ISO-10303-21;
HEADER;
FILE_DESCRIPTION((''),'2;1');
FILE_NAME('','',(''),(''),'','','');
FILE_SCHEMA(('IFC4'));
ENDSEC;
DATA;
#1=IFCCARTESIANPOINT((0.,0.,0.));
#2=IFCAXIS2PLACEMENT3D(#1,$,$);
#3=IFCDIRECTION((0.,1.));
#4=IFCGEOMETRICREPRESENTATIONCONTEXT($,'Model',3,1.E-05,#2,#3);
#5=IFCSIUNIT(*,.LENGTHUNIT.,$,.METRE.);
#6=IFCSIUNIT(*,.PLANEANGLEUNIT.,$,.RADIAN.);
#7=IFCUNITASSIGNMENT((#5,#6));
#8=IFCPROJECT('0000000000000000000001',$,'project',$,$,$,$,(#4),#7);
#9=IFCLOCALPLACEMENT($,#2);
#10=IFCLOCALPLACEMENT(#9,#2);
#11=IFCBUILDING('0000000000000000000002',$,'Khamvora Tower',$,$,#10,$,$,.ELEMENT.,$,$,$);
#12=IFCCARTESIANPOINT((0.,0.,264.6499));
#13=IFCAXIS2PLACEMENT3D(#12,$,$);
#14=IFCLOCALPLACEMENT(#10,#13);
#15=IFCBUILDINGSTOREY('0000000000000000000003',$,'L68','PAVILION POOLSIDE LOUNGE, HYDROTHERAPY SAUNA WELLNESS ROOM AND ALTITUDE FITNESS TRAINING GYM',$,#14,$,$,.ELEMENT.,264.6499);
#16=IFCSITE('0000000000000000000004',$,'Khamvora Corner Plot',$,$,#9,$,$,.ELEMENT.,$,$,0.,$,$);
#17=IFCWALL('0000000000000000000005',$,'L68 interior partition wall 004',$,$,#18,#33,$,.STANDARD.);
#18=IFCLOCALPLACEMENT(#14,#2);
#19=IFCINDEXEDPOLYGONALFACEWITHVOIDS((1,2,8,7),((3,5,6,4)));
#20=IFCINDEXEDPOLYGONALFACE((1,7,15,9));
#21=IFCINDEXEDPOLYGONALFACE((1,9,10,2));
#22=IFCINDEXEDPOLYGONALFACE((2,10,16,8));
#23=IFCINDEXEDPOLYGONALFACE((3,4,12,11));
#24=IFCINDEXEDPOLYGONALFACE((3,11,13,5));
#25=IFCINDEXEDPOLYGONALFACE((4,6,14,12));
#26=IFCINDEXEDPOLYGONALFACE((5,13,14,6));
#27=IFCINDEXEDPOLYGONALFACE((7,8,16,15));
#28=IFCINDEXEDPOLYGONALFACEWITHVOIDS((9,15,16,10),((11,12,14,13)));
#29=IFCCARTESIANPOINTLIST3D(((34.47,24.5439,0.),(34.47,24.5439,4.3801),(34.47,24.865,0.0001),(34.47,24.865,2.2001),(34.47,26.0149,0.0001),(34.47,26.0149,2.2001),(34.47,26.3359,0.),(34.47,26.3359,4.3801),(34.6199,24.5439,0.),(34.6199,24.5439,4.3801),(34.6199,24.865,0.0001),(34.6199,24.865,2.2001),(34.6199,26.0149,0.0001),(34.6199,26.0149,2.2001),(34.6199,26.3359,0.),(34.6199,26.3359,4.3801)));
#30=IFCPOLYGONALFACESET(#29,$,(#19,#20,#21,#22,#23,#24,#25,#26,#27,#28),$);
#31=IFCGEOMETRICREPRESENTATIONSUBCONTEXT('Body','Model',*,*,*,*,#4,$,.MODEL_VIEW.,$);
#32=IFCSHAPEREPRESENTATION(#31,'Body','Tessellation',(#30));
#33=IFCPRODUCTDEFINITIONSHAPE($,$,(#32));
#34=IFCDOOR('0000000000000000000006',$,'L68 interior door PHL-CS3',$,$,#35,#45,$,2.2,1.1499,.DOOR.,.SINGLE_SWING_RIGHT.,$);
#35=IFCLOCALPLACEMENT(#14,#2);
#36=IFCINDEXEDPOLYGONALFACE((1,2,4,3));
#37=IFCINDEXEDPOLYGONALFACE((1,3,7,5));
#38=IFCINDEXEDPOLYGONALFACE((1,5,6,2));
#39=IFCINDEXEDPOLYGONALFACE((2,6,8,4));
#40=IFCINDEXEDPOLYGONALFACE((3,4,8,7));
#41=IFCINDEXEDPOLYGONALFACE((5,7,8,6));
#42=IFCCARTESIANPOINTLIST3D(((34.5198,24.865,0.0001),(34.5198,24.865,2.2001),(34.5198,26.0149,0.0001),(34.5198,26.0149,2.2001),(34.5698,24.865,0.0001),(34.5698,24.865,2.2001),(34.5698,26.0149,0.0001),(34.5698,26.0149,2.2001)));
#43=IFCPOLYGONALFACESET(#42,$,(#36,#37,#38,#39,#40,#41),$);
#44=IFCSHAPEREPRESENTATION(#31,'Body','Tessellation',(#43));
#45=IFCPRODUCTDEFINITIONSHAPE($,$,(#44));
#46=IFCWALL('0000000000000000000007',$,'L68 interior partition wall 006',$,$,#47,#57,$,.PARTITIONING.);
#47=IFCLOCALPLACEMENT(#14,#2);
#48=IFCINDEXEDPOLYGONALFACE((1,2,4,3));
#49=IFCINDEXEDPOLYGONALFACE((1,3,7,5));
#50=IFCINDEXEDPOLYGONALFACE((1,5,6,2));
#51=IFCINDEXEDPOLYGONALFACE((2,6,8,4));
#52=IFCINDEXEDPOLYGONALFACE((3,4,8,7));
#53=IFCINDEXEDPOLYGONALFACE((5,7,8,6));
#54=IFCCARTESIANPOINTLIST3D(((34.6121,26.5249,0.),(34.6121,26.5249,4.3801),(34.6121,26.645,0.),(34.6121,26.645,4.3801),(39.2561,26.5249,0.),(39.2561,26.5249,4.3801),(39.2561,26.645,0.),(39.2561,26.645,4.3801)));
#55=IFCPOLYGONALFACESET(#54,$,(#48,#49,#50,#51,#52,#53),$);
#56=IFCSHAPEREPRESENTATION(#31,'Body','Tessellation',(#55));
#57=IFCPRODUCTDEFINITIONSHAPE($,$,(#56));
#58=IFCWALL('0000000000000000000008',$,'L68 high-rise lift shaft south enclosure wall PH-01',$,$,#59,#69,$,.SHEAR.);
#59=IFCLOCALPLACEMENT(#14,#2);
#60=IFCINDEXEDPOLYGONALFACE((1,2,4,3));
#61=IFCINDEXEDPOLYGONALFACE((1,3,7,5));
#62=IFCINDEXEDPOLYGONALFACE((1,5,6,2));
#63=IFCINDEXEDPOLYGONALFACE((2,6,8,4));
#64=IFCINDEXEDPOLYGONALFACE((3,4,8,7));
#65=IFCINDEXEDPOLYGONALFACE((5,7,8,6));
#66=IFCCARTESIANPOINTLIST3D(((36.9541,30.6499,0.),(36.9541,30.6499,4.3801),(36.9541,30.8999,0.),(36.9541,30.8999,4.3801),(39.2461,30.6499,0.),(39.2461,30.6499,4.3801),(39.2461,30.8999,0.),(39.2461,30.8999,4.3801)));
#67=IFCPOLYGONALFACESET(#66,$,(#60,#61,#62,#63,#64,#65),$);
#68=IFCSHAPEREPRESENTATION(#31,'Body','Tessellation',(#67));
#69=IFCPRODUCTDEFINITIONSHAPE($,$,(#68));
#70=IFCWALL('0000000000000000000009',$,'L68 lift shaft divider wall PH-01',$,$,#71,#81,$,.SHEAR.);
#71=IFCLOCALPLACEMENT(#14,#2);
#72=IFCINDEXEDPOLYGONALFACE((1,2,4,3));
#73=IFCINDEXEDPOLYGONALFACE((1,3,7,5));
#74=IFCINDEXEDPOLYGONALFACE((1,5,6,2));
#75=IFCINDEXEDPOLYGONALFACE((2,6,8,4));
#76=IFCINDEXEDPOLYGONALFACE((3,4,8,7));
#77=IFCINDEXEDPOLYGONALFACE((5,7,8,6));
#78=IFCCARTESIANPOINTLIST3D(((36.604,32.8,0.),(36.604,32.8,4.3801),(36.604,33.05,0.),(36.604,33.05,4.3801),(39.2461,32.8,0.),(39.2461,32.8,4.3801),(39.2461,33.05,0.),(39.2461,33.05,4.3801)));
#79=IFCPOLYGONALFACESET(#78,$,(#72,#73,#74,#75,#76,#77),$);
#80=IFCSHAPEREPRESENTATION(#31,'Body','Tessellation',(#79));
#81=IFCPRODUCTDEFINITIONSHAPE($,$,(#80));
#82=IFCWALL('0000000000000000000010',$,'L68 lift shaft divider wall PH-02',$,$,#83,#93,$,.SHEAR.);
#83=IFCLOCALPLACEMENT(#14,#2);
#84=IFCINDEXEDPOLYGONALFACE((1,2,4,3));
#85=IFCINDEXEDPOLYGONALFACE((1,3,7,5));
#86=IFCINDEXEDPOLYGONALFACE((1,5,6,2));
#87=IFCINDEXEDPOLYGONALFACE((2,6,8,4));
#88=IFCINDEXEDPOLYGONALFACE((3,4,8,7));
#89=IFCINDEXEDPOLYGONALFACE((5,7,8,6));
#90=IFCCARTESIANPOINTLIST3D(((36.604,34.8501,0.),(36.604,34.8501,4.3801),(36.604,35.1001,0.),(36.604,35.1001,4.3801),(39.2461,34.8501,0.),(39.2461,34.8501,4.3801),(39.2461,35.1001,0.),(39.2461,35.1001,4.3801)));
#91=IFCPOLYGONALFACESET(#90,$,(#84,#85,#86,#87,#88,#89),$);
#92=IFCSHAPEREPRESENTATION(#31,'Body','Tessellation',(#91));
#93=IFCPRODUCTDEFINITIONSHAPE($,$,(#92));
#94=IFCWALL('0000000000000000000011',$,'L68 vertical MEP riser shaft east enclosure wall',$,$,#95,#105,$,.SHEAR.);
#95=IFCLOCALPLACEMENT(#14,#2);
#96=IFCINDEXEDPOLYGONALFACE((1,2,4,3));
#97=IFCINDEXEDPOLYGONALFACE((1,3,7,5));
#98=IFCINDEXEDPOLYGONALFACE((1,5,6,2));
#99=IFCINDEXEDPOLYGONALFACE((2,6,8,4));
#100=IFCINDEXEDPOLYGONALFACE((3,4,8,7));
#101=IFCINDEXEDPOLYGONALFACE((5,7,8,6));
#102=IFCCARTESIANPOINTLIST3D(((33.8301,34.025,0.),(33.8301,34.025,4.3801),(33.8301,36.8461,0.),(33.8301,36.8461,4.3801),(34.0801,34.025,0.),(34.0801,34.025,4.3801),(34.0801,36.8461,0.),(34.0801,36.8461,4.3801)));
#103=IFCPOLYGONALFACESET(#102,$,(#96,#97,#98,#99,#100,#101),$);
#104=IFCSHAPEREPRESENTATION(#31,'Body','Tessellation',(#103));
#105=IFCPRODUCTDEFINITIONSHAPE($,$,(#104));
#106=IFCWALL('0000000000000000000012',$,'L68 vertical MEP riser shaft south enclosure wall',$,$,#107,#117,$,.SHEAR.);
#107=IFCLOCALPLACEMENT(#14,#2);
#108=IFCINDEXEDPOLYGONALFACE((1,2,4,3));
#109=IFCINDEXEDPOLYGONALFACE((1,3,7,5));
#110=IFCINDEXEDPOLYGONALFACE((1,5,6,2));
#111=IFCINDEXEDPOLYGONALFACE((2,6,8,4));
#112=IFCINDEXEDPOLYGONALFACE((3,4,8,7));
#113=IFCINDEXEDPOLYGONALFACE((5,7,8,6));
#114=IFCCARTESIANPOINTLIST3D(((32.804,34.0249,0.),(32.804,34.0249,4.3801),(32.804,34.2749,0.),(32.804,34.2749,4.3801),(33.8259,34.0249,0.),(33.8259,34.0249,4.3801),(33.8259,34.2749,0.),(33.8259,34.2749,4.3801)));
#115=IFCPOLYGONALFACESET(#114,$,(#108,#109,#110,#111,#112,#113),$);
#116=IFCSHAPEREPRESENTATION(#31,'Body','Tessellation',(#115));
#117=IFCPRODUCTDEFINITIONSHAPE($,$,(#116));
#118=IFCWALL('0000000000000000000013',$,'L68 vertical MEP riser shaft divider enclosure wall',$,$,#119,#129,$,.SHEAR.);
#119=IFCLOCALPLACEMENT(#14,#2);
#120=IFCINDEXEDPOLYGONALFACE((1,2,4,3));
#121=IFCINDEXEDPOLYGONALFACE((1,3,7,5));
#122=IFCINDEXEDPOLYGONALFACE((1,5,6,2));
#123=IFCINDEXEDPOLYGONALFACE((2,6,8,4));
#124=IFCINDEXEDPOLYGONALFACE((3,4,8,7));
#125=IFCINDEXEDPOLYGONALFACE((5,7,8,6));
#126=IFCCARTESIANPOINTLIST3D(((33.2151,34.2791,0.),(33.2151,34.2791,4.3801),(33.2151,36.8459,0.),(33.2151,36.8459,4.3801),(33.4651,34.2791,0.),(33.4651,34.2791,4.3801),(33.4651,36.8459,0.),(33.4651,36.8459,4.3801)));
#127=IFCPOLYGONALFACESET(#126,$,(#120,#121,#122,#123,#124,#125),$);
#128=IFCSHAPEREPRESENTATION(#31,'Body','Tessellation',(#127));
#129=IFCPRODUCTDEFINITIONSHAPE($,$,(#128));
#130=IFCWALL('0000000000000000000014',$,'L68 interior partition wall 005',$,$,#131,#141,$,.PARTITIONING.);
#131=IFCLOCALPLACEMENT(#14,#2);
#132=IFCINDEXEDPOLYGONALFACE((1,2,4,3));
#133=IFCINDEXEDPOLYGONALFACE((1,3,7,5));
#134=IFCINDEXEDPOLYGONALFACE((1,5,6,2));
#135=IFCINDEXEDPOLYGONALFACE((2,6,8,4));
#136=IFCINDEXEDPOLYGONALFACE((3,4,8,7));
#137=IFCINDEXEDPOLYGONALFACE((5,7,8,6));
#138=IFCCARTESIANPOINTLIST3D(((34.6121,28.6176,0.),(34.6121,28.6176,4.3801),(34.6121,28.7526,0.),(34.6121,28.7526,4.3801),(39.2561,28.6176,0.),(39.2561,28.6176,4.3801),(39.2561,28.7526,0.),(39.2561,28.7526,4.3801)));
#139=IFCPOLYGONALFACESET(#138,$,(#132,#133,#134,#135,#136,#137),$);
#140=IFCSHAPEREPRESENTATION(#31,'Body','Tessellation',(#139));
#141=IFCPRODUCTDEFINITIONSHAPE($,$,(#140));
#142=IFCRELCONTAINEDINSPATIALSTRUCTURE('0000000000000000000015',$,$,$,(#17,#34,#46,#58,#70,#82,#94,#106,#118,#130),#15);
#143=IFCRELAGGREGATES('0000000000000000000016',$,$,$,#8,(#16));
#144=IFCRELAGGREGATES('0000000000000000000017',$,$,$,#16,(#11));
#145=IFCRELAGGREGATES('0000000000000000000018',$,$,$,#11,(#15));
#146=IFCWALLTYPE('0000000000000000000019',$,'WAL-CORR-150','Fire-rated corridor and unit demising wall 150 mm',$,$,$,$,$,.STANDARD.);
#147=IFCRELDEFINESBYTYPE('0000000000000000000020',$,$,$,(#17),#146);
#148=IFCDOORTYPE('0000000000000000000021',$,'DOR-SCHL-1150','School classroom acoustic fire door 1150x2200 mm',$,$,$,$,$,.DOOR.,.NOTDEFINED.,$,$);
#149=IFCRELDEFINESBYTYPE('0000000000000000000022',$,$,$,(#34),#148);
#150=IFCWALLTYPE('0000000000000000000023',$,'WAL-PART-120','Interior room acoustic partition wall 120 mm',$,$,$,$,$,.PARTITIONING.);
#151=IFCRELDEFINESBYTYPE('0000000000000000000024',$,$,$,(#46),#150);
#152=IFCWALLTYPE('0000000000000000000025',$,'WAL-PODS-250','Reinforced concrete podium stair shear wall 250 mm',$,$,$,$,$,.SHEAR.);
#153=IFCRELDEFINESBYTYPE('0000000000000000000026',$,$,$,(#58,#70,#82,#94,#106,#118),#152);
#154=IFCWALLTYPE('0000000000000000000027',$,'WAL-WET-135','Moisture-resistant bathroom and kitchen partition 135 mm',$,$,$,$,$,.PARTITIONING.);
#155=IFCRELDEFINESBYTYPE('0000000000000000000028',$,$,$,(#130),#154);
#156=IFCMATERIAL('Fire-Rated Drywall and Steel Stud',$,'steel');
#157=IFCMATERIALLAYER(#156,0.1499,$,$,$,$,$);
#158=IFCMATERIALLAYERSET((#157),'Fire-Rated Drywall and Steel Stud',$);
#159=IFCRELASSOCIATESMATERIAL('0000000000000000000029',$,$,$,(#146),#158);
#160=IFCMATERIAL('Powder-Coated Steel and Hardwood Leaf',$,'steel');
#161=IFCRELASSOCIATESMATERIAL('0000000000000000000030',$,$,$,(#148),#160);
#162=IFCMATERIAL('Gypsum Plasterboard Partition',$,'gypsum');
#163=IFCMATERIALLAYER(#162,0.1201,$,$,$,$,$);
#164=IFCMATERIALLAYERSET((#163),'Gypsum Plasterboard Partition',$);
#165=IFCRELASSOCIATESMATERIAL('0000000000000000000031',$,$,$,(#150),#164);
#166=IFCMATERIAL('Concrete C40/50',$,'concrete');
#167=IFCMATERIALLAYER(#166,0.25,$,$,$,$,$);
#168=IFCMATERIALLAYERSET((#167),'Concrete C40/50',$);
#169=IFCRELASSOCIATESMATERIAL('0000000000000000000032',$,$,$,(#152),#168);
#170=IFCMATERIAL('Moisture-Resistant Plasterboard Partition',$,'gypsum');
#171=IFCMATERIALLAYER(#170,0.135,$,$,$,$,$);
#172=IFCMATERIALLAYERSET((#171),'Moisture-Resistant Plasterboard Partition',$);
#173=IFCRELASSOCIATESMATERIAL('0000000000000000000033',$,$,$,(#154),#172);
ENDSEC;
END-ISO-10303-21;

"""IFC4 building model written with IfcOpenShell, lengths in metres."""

from ifc_helpers import new_model, si_unit, direction, frame, frame_2d, origin, place, context, subcontext, project, spatial, rectangle, extrude, material, layer, layer_set, type_object, element, fill, save


model = new_model("IFC4")

# Units and contexts
model_context = context("Model", 3, precision=1e-05, world=origin(), true_north=direction((0.0, 1.0)))
body_context = subcontext(model_context, "Body", "Model", "MODEL_VIEW")
ifc_project = project(units=[si_unit("LENGTHUNIT", "METRE"), si_unit("PLANEANGLEUNIT", "RADIAN")], contexts=[model_context])

# Site, building, storey
site_placement = place(None, origin())
site = spatial("IfcSite", under=ifc_project, at=site_placement, Name="Khamvora Corner Plot", CompositionType="ELEMENT", RefElevation=0.0)
building_placement = place(site_placement, origin())
building = spatial("IfcBuilding", under=site, at=building_placement, Name="Khamvora Tower", CompositionType="ELEMENT")
storey_placement = place(building_placement, frame((0.0, 0.0, 264.6499)))
storey = spatial("IfcBuildingStorey", under=building, at=storey_placement, Name="L68", Description="PAVILION POOLSIDE LOUNGE, HYDROTHERAPY SAUNA WELLNESS ROOM AND ALTITUDE FITNESS TRAINING GYM", CompositionType="ELEMENT", Elevation=264.6499)

# Shared definitions
ifc_material_1 = material(Name="Powder-Coated Steel and Hardwood Leaf", Category="steel")

# Shared definitions
ifc_material_2 = material(Name="Fire-Rated Drywall and Steel Stud", Category="steel")
ifc_layer_1 = layer(ifc_material_2, 0.1499)
ifc_layer_set_1 = layer_set([ifc_layer_1], Name="Fire-Rated Drywall and Steel Stud")
wall_type_1 = type_object("IfcWallType", Name="WAL-CORR-150", Description="Fire-rated corridor and unit demising wall 150 mm", PredefinedType="STANDARD", material=ifc_layer_set_1)

# Wall, opening, door
wall_1_placement = place(storey_placement, frame((34.5449, 26.3359, 0.0), z_axis=(0.0, 0.0, 1.0), x_axis=(0.0, -1.0, 0.0)))
wall_1 = element("IfcWall", 1, at=wall_1_placement, inside=storey, type_object=wall_type_1, Name="L68 interior partition wall 004", PredefinedType="STANDARD", context=body_context, shape_type="SweptSolid", body=[
    extrude(rectangle(XDim=1.792, YDim=0.1499, at=frame_2d((0.896, 0.0))), origin(), (0.0, 0.0, 1.0), 4.3801),
])
opening_1_placement = place(wall_1_placement, frame((0.321, 0.0, 0.0)))
opening_1 = element("IfcOpeningElement", 2, at=opening_1_placement, cuts=wall_1, PredefinedType="OPENING", context=body_context, shape_type="SweptSolid", body=[
    extrude(rectangle(XDim=1.1499, YDim=2.2, at=frame_2d((0.575, 1.1001))), frame((0.0, 0.085, 0.0), z_axis=(0.0, -1.0, 0.0), x_axis=(1.0, 0.0, 0.0)), (0.0, 0.0, 1.0), 0.1699),
])
door_type_1 = type_object("IfcDoorType", Name="DOR-SCHL-1150", Description="School classroom acoustic fire door 1150x2200 mm", OperationType="NOTDEFINED", PredefinedType="DOOR", material=ifc_material_1)
door_1_placement = place(opening_1_placement, origin())
door_1 = element("IfcDoor", 3, at=door_1_placement, inside=storey, type_object=door_type_1, Name="L68 interior door PHL-CS3", OperationType="SINGLE_SWING_RIGHT", OverallHeight=2.2, OverallWidth=1.1499, PredefinedType="DOOR", context=body_context, shape_type="SweptSolid", body=[
    extrude(rectangle(XDim=1.1499, YDim=2.2, at=frame_2d((0.575, 1.1001))), frame((0.0, 0.0249, 0.0), z_axis=(0.0, -1.0, 0.0), x_axis=(1.0, 0.0, 0.0)), (0.0, 0.0, 1.0), 0.05),
])
fill(opening_1, door_1)

# Walls
ifc_material_3 = material(Name="Gypsum Plasterboard Partition", Category="gypsum")
ifc_layer_2 = layer(ifc_material_3, 0.1201)
ifc_layer_set_2 = layer_set([ifc_layer_2], Name="Gypsum Plasterboard Partition")
wall_type_2 = type_object("IfcWallType", Name="WAL-PART-120", Description="Interior room acoustic partition wall 120 mm", PredefinedType="PARTITIONING", material=ifc_layer_set_2)
wall_2_placement = place(storey_placement, frame((39.2561, 26.585, 0.0), z_axis=(0.0, 0.0, 1.0), x_axis=(-1.0, 0.0, 0.0)))
element("IfcWall", 4, at=wall_2_placement, inside=storey, type_object=wall_type_2, Name="L68 interior partition wall 006", PredefinedType="PARTITIONING", context=body_context, shape_type="SweptSolid", body=[
    extrude(rectangle(XDim=4.644, YDim=0.1201, at=frame_2d((2.322, 0.0))), origin(), (0.0, 0.0, 1.0), 4.3801),
])
ifc_material_4 = material(Name="Concrete C40/50", Category="concrete")
ifc_layer_3 = layer(ifc_material_4, 0.25)
ifc_layer_set_3 = layer_set([ifc_layer_3], Name="Concrete C40/50")
wall_type_3 = type_object("IfcWallType", Name="WAL-PODS-250", Description="Reinforced concrete podium stair shear wall 250 mm", PredefinedType="SHEAR", material=ifc_layer_set_3)
wall_3_placement = place(storey_placement, frame((36.9541, 30.7749, 0.0), z_axis=(0.0, 0.0, 1.0), x_axis=(1.0, 0.0, 0.0)))
element("IfcWall", 5, at=wall_3_placement, inside=storey, type_object=wall_type_3, Name="L68 high-rise lift shaft south enclosure wall PH-01", PredefinedType="SHEAR", context=body_context, shape_type="SweptSolid", body=[
    extrude(rectangle(XDim=2.292, YDim=0.25, at=frame_2d((1.146, 0.0))), origin(), (0.0, 0.0, 1.0), 4.3801),
])
for number, where, z_axis, x_axis, name in (
    (6, (36.604, 32.925, 0.0), (0.0, 0.0, 1.0), (1.0, 0.0, 0.0), "L68 lift shaft divider wall PH-01"),
    (7, (36.604, 34.9751, 0.0), (0.0, 0.0, 1.0), (1.0, 0.0, 0.0), "L68 lift shaft divider wall PH-02"),
):
    element("IfcWall", number, at=place(storey_placement, frame(where, z_axis=z_axis, x_axis=x_axis)), inside=storey, type_object=wall_type_3, Name=name, PredefinedType="SHEAR", context=body_context, shape_type="SweptSolid", body=[
        extrude(rectangle(XDim=2.6421, YDim=0.25, at=frame_2d((1.321, 0.0))), origin(), (0.0, 0.0, 1.0), 4.3801),
    ])
wall_4_placement = place(storey_placement, frame((33.9551, 34.0249, 0.0), z_axis=(0.0, 0.0, 1.0), x_axis=(0.0, 1.0, 0.0)))
element("IfcWall", 8, at=wall_4_placement, inside=storey, type_object=wall_type_3, Name="L68 vertical MEP riser shaft east enclosure wall", PredefinedType="SHEAR", context=body_context, shape_type="SweptSolid", body=[
    extrude(rectangle(XDim=2.821, YDim=0.25, at=frame_2d((1.4106, 0.0))), origin(), (0.0, 0.0, 1.0), 4.3801),
])
wall_5_placement = place(storey_placement, frame((32.804, 34.1499, 0.0), z_axis=(0.0, 0.0, 1.0), x_axis=(1.0, 0.0, 0.0)))
element("IfcWall", 9, at=wall_5_placement, inside=storey, type_object=wall_type_3, Name="L68 vertical MEP riser shaft south enclosure wall", PredefinedType="SHEAR", context=body_context, shape_type="SweptSolid", body=[
    extrude(rectangle(XDim=1.022, YDim=0.25, at=frame_2d((0.511, 0.0))), origin(), (0.0, 0.0, 1.0), 4.3801),
])
wall_6_placement = place(storey_placement, frame((33.3401, 34.2791, 0.0), z_axis=(0.0, 0.0, 1.0), x_axis=(0.0, 1.0, 0.0)))
element("IfcWall", 10, at=wall_6_placement, inside=storey, type_object=wall_type_3, Name="L68 vertical MEP riser shaft divider enclosure wall", PredefinedType="SHEAR", context=body_context, shape_type="SweptSolid", body=[
    extrude(rectangle(XDim=2.5669, YDim=0.25, at=frame_2d((1.2834, 0.0))), origin(), (0.0, 0.0, 1.0), 4.3801),
])
ifc_material_5 = material(Name="Moisture-Resistant Plasterboard Partition", Category="gypsum")
ifc_layer_4 = layer(ifc_material_5, 0.135)
ifc_layer_set_4 = layer_set([ifc_layer_4], Name="Moisture-Resistant Plasterboard Partition")
wall_type_4 = type_object("IfcWallType", Name="WAL-WET-135", Description="Moisture-resistant bathroom and kitchen partition 135 mm", PredefinedType="PARTITIONING", material=ifc_layer_set_4)
wall_7_placement = place(storey_placement, frame((39.2561, 28.6851, 0.0), z_axis=(0.0, 0.0, 1.0), x_axis=(-1.0, 0.0, 0.0)))
element("IfcWall", 11, at=wall_7_placement, inside=storey, type_object=wall_type_4, Name="L68 interior partition wall 005", PredefinedType="PARTITIONING", context=body_context, shape_type="SweptSolid", body=[
    extrude(rectangle(XDim=4.644, YDim=0.135, at=frame_2d((2.322, 0.0))), origin(), (0.0, 0.0, 1.0), 4.3801),
])

save(model, "model.ifc")
